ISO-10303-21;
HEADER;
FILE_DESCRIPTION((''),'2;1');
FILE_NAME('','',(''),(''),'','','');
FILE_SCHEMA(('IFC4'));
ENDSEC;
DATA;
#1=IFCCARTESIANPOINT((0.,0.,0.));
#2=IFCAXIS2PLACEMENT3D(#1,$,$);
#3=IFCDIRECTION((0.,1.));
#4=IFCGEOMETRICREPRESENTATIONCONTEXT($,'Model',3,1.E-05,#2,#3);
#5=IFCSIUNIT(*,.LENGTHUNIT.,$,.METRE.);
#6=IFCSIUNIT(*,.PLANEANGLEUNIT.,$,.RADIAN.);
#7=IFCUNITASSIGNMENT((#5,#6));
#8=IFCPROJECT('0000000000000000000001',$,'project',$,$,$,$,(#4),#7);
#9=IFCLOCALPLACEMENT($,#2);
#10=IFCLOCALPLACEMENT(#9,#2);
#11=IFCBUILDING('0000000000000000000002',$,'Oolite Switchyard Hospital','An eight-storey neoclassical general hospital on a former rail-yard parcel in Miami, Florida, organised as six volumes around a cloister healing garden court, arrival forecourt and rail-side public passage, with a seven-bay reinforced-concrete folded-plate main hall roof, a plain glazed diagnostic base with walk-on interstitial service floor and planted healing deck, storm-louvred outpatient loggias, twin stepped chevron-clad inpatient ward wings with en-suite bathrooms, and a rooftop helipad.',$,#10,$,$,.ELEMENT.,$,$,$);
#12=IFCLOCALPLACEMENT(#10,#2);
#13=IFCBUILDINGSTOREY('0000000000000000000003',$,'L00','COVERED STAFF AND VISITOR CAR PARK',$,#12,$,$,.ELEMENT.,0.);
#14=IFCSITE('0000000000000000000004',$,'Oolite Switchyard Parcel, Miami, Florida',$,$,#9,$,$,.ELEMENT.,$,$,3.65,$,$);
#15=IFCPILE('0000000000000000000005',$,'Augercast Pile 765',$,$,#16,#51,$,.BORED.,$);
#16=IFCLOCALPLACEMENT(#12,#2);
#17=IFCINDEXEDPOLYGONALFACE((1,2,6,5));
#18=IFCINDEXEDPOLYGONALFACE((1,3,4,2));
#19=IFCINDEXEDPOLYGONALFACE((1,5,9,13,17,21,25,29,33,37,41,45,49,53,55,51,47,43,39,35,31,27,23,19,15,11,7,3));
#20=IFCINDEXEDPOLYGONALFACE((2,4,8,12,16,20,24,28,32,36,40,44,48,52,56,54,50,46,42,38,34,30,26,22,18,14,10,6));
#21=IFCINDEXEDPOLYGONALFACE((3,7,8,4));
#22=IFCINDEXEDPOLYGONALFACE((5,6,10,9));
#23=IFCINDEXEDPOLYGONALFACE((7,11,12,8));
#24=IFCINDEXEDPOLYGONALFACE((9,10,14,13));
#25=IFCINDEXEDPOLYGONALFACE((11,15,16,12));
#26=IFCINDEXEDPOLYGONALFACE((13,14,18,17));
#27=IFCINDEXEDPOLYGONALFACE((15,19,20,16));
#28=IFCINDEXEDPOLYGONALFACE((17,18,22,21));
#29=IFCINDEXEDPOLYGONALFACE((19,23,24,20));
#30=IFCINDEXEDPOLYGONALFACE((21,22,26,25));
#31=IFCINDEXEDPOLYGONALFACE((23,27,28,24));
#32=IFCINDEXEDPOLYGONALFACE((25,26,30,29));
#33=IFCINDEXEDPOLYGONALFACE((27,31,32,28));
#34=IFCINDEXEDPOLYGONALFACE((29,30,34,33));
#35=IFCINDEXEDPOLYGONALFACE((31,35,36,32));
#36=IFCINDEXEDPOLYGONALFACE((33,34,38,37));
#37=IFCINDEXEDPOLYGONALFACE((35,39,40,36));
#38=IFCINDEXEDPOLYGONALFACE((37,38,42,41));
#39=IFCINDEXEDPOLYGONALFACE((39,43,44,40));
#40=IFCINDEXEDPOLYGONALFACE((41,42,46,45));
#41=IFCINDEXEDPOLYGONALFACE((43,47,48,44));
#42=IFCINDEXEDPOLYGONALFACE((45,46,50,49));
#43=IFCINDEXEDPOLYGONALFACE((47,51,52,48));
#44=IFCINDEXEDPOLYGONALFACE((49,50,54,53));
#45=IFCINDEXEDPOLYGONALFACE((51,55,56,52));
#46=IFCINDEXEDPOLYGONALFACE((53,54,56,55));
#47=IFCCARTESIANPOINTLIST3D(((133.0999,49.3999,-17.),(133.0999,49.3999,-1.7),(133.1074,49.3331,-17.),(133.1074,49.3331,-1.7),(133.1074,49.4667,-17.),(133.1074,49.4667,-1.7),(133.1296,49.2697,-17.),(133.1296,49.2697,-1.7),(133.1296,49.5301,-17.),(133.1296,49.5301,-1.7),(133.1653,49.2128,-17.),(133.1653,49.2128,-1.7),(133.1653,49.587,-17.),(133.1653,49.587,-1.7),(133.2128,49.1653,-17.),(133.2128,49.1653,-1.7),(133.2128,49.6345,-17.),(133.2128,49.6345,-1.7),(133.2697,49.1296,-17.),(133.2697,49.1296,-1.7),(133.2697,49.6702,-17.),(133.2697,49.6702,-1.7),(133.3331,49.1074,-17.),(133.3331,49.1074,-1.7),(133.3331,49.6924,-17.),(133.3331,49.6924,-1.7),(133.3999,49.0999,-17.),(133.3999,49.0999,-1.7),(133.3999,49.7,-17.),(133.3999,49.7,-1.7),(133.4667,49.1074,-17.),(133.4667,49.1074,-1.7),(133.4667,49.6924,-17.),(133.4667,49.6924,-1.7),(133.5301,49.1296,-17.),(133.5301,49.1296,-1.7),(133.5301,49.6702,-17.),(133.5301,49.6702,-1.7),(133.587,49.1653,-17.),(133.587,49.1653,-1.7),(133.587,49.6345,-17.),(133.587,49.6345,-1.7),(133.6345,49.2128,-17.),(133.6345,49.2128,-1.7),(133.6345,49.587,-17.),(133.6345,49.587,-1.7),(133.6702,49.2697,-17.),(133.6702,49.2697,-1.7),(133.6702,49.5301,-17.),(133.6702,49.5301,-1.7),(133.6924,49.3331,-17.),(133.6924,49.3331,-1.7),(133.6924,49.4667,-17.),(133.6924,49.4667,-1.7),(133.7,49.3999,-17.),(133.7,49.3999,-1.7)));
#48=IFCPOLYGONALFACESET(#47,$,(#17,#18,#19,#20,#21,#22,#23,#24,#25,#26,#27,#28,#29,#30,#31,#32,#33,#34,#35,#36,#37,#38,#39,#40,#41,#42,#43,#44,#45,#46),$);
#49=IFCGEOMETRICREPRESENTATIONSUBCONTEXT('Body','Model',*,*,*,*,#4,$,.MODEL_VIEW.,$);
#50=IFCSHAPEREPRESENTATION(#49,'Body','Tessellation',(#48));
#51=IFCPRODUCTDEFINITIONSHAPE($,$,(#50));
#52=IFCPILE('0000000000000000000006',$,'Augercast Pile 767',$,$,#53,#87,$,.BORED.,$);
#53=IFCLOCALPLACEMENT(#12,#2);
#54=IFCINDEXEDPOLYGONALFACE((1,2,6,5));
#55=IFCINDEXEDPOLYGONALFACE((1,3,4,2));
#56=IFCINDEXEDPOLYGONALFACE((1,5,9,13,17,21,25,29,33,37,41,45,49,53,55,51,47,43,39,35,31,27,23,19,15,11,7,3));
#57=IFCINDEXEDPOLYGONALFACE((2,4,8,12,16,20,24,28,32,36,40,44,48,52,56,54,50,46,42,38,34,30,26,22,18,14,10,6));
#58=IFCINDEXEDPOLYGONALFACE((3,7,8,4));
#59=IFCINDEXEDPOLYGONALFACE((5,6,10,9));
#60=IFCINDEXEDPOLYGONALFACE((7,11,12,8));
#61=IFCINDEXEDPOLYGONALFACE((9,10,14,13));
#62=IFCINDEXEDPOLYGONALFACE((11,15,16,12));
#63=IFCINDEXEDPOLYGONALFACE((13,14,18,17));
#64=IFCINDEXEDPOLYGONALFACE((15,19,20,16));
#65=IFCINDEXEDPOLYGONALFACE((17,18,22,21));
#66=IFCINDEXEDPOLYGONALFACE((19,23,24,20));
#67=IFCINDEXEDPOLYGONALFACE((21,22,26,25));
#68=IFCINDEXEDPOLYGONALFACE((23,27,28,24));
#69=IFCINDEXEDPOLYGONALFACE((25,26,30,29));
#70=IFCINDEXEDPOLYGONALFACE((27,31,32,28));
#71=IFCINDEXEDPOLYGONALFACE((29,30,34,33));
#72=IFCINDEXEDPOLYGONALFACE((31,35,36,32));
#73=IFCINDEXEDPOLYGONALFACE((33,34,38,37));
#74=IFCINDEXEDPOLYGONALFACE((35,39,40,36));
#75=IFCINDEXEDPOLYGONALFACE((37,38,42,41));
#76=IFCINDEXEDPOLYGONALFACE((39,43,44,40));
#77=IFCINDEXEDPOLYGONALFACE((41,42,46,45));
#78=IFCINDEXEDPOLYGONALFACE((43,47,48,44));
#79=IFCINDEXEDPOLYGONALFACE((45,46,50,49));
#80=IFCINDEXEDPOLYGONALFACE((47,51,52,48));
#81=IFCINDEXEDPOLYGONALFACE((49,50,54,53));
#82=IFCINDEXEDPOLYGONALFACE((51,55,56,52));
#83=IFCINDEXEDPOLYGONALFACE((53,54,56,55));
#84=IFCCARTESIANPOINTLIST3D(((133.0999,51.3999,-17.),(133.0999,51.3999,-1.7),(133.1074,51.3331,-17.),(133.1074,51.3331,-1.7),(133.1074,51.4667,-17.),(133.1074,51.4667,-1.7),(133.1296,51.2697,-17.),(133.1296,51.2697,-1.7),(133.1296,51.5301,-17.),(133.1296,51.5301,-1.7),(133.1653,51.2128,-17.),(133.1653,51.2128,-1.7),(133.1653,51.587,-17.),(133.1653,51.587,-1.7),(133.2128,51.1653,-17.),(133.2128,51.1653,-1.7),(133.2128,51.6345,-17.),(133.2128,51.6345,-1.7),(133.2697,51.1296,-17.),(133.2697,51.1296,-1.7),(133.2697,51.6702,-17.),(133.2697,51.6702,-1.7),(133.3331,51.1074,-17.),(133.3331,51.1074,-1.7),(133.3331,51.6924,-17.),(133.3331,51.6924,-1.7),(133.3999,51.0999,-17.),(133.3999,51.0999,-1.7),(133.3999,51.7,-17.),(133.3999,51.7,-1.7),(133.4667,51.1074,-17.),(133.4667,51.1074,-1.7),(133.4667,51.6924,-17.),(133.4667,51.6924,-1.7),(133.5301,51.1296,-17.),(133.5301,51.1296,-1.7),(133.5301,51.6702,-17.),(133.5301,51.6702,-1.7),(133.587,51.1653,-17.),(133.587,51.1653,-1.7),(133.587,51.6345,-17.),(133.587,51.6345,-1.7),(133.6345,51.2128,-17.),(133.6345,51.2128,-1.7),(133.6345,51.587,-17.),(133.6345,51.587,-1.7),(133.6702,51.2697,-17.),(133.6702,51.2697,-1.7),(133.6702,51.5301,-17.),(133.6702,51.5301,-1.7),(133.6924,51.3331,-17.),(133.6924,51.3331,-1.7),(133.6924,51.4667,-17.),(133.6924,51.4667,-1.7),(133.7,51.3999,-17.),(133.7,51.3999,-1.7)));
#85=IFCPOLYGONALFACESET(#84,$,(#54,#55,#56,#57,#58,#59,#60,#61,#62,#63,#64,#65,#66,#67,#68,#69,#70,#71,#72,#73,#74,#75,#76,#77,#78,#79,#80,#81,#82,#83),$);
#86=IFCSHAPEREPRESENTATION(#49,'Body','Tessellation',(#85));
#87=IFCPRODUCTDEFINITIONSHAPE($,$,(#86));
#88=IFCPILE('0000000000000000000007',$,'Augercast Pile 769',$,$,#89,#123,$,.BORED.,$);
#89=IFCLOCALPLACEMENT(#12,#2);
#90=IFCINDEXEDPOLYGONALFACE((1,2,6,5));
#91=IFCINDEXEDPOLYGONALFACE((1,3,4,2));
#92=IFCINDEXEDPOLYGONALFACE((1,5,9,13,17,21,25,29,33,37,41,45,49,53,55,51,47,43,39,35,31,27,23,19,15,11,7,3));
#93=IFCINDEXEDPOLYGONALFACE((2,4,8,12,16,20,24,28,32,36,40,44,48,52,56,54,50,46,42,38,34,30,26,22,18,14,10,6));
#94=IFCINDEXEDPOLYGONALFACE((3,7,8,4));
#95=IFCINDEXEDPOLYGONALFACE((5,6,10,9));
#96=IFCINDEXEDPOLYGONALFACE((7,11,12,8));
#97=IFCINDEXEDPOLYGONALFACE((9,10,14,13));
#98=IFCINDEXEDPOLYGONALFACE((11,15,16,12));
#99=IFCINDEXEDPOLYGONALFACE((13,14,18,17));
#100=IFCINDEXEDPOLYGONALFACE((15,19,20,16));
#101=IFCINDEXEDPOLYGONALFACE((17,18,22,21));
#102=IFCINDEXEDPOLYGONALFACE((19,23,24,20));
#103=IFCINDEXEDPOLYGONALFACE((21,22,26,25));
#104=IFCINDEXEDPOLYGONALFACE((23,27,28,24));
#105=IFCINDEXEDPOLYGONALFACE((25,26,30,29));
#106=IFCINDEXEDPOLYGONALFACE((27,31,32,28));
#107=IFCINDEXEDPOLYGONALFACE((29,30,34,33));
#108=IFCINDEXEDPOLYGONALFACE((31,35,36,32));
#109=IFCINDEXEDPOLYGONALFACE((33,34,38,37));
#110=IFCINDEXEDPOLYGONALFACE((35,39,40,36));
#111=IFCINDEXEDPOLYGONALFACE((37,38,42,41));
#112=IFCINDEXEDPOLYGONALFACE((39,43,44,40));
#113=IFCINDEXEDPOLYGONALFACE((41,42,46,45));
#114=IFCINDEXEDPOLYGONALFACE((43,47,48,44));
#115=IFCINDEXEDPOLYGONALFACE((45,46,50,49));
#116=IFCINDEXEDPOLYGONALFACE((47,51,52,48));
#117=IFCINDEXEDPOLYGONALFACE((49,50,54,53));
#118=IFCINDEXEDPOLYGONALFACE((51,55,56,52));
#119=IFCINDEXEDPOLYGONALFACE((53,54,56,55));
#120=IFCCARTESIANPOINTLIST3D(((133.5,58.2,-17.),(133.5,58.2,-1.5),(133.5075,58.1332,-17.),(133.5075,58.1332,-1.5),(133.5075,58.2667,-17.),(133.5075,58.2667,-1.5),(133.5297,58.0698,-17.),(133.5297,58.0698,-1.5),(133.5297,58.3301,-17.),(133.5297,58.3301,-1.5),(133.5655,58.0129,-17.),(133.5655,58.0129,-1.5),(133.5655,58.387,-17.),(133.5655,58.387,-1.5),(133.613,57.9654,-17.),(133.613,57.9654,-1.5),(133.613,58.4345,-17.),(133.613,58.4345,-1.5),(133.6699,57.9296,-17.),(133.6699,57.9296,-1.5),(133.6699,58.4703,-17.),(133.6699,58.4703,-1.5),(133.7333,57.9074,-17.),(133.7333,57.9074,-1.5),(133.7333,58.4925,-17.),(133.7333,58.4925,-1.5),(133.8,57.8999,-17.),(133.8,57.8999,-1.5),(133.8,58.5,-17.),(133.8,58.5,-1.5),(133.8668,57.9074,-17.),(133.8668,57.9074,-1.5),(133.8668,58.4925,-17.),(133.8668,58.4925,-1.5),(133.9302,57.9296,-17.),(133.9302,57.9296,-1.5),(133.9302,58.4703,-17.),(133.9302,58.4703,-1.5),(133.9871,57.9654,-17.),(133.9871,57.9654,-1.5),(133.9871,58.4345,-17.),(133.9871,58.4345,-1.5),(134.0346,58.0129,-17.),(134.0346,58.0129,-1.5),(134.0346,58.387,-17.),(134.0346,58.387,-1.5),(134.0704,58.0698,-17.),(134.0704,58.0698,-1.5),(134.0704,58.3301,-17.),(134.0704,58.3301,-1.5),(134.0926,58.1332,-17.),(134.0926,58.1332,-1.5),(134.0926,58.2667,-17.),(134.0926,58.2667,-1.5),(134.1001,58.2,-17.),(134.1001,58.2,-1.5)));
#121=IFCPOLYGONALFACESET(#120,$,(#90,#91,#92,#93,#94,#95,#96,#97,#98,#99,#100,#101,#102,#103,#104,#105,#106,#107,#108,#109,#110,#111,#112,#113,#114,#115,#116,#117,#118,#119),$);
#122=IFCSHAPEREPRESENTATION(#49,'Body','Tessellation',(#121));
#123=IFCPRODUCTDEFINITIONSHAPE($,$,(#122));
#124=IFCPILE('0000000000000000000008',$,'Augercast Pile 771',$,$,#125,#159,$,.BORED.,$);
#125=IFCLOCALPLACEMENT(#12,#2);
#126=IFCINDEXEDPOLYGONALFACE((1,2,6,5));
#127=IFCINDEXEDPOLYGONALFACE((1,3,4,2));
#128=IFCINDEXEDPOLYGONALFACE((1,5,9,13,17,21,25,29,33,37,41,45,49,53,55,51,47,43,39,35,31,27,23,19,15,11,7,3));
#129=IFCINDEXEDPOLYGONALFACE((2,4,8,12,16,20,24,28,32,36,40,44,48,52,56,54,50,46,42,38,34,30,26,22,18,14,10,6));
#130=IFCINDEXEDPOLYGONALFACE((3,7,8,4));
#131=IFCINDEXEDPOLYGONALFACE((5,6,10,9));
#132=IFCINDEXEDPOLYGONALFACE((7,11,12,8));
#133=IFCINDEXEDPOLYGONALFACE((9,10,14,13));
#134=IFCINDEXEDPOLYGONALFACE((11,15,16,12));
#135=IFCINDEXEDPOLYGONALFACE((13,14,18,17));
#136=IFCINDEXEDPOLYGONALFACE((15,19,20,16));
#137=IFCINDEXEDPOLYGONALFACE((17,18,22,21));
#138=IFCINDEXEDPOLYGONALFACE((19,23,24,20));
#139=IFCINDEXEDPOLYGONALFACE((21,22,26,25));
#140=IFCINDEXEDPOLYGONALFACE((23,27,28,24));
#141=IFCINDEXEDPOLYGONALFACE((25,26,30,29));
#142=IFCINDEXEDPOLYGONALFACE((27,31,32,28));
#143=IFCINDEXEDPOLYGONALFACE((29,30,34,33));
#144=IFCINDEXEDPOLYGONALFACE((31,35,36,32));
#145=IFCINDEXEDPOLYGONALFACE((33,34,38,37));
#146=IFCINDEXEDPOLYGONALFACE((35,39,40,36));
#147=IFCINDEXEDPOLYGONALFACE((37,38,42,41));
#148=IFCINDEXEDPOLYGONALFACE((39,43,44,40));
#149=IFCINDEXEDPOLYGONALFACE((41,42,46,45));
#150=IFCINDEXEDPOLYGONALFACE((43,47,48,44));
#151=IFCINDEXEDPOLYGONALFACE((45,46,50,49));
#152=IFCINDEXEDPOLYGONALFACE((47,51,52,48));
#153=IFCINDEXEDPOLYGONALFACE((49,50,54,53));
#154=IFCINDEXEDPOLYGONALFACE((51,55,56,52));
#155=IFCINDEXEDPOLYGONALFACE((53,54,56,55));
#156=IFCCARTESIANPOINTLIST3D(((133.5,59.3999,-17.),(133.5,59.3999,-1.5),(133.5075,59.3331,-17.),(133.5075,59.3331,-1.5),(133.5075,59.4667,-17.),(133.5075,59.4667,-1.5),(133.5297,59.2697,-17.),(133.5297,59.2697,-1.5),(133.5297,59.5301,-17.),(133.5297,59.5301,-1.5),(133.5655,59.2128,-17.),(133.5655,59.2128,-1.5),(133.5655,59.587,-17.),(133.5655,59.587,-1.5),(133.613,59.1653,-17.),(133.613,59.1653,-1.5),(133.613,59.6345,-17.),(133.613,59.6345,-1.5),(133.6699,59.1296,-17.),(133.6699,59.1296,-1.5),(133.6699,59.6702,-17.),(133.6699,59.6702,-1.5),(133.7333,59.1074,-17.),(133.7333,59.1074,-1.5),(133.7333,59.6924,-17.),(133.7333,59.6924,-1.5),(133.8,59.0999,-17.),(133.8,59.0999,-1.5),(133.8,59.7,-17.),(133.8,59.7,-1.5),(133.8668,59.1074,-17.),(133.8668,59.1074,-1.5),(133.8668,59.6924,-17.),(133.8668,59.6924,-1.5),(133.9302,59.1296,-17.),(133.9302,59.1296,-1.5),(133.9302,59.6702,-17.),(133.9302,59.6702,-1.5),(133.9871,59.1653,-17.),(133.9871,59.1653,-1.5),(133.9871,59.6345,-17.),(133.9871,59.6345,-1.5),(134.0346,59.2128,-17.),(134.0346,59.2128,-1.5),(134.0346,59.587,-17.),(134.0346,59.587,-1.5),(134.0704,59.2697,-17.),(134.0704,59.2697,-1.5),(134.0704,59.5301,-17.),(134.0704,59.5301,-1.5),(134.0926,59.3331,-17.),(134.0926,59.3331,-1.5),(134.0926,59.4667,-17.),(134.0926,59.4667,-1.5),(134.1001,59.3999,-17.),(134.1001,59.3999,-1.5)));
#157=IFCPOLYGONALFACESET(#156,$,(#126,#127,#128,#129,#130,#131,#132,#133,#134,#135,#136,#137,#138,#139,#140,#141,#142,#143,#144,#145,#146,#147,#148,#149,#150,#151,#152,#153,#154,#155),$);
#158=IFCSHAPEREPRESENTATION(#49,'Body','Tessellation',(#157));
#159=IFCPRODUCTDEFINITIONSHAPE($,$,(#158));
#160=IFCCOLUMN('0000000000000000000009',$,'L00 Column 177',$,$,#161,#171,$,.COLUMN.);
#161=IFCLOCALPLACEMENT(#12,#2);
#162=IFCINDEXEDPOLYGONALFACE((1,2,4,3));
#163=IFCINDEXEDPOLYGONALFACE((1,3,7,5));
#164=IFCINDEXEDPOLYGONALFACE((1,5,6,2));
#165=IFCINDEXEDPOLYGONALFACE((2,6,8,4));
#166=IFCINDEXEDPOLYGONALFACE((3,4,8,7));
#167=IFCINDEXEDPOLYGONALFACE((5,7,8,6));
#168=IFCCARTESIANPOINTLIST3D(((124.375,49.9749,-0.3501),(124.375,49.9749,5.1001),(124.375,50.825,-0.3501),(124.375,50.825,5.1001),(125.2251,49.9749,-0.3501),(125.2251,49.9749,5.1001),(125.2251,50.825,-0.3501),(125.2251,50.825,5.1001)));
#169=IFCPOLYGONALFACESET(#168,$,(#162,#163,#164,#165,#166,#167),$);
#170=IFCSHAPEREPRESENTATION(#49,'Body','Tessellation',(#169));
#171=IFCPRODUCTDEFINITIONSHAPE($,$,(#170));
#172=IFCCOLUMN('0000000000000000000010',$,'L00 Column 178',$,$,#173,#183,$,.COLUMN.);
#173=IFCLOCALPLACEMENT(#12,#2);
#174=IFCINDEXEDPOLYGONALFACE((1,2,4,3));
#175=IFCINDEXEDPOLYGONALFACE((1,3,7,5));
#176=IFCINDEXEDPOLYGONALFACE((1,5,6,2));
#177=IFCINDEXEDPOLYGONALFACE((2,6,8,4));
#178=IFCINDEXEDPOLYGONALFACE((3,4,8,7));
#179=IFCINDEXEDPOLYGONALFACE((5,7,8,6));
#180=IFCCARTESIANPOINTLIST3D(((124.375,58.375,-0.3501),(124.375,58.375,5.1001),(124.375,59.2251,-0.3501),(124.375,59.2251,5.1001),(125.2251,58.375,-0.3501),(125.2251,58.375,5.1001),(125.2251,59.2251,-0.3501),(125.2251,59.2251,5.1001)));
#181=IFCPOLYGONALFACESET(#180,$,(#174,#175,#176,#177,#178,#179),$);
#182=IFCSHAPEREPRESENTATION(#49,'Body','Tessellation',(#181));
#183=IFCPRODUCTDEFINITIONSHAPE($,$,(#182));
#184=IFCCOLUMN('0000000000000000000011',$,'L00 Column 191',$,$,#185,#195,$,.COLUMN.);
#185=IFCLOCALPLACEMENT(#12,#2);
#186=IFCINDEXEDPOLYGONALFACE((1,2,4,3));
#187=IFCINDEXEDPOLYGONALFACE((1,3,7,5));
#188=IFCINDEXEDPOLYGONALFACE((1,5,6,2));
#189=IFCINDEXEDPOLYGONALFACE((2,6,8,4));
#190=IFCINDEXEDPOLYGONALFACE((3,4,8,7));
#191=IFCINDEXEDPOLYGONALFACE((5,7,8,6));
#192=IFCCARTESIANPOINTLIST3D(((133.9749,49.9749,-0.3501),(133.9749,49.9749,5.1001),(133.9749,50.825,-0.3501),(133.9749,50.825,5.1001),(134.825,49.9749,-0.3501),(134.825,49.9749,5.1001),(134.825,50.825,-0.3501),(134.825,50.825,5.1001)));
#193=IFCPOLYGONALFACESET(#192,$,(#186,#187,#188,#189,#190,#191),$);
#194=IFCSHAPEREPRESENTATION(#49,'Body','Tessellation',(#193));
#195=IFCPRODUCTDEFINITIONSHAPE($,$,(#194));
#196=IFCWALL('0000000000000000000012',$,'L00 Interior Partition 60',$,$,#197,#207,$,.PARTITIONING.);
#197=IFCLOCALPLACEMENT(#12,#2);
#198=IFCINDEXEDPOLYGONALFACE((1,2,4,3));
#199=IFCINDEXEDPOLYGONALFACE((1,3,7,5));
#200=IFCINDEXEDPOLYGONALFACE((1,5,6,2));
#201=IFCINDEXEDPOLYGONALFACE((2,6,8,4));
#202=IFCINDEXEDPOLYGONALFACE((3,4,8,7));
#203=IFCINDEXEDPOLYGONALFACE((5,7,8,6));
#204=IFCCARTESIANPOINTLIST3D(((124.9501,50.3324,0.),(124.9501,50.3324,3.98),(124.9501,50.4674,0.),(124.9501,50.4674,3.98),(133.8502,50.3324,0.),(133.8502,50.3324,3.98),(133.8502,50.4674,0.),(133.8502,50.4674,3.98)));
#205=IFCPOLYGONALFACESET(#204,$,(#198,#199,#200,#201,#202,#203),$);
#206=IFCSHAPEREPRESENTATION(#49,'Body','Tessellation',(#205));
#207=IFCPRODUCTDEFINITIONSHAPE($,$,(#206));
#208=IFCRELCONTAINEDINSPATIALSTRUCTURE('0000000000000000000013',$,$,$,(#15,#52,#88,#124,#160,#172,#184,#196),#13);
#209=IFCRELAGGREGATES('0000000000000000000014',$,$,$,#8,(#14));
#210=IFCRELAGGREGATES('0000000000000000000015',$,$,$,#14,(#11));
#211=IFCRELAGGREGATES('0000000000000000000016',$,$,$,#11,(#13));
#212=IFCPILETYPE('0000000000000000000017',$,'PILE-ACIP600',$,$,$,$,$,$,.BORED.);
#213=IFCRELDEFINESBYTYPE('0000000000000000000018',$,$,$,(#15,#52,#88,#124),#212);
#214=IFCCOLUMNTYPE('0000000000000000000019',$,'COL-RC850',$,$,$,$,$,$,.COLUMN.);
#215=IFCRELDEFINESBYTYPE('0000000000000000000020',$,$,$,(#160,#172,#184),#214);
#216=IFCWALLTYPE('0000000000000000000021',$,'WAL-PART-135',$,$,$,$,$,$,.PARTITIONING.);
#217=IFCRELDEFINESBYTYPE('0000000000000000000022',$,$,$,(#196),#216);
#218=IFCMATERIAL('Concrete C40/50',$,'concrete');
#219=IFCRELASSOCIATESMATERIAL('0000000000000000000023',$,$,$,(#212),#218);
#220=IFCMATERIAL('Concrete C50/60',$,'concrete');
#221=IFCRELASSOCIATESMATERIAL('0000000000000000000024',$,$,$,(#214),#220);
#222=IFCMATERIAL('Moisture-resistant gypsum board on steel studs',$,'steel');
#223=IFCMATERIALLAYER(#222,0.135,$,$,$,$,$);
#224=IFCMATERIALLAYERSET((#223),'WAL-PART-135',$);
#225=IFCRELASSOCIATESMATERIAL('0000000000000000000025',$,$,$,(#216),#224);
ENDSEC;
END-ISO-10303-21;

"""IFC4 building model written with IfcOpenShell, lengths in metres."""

from ifc_helpers import new_model, si_unit, direction, frame, frame_2d, origin, origin_2d, place, context, subcontext, project, spatial, rectangle, circle, extrude, material, layer, layer_set, material_profile, profile_set, type_object, element, save


model = new_model("IFC4")

# Units and contexts
model_context = context("Model", 3, precision=1e-05, world=origin(), true_north=direction((0.0, 1.0)))
body_context = subcontext(model_context, "Body", "Model", "MODEL_VIEW")
ifc_project = project(units=[si_unit("LENGTHUNIT", "METRE"), si_unit("PLANEANGLEUNIT", "RADIAN")], contexts=[model_context])

# Site, building, storey
site_placement = place(None, origin())
site = spatial("IfcSite", under=ifc_project, at=site_placement, Name="Oolite Switchyard Parcel, Miami, Florida", CompositionType="ELEMENT", RefElevation=3.65)
building_placement = place(site_placement, origin())
building = spatial("IfcBuilding", under=site, at=building_placement, Name="Oolite Switchyard Hospital", Description="An eight-storey neoclassical general hospital on a former rail-yard parcel in Miami, Florida, organised as six volumes around a cloister healing garden court, arrival forecourt and rail-side public passage, with a seven-bay reinforced-concrete folded-plate main hall roof, a plain glazed diagnostic base with walk-on interstitial service floor and planted healing deck, storm-louvred outpatient loggias, twin stepped chevron-clad inpatient ward wings with en-suite bathrooms, and a rooftop helipad.", CompositionType="ELEMENT")
storey_placement = place(building_placement, origin())
storey = spatial("IfcBuildingStorey", under=building, at=storey_placement, Name="L00", Description="COVERED STAFF AND VISITOR CAR PARK", CompositionType="ELEMENT", Elevation=0.0)

# Shared definitions
ifc_material_1 = material(Name="Concrete C40/50", Category="concrete")

# Piles
ifc_material_profile_1 = material_profile(ifc_material_1, circle(Radius=0.3, at=origin_2d()), Name="PILE600")
ifc_profile_set_1 = profile_set([ifc_material_profile_1], Name="Concrete C40/50")
pile_type = type_object("IfcPileType", Name="PILE-ACIP600", PredefinedType="BORED", material=ifc_profile_set_1)
for number, where, z_axis, x_axis, name in (
    (1, (133.3999, 49.3999, -1.7), (0.0, 0.0, -1.0), (1.0, 0.0, 0.0), "Augercast Pile 765"),
    (2, (133.3999, 51.3999, -1.7), (0.0, 0.0, -1.0), (1.0, 0.0, 0.0), "Augercast Pile 767"),
):
    element("IfcPile", number, at=place(storey_placement, frame(where, z_axis=z_axis, x_axis=x_axis)), inside=storey, type_object=pile_type, Name=name, PredefinedType="BORED", context=body_context, shape_type="SweptSolid", body=[
        extrude(circle(Radius=0.3, at=origin_2d()), origin(), (0.0, 0.0, 1.0), 15.3),
    ])
for number, where, z_axis, x_axis, name in (
    (3, (133.8, 58.2, -1.5), (0.0, 0.0, -1.0), (1.0, 0.0, 0.0), "Augercast Pile 769"),
    (4, (133.8, 59.3999, -1.5), (0.0, 0.0, -1.0), (1.0, 0.0, 0.0), "Augercast Pile 771"),
):
    element("IfcPile", number, at=place(storey_placement, frame(where, z_axis=z_axis, x_axis=x_axis)), inside=storey, type_object=pile_type, Name=name, PredefinedType="BORED", context=body_context, shape_type="SweptSolid", body=[
        extrude(circle(Radius=0.3, at=origin_2d()), origin(), (0.0, 0.0, 1.0), 15.5),
    ])

# Columns
ifc_material_2 = material(Name="Concrete C50/60", Category="concrete")
ifc_material_profile_2 = material_profile(ifc_material_2, rectangle(XDim=0.8501, YDim=0.8501, at=origin_2d()), Name="RC850X850")
ifc_profile_set_2 = profile_set([ifc_material_profile_2], Name="Concrete C50/60")
column_type = type_object("IfcColumnType", Name="COL-RC850", PredefinedType="COLUMN", material=ifc_profile_set_2)
for number, where, z_axis, x_axis, name in (
    (5, (124.8, 50.3999, -0.3501), (0.0, 0.0, 1.0), (1.0, 0.0, 0.0), "L00 Column 177"),
    (6, (124.8, 58.8, -0.3501), (0.0, 0.0, 1.0), (1.0, 0.0, 0.0), "L00 Column 178"),
    (7, (134.3999, 50.3999, -0.3501), (0.0, 0.0, 1.0), (1.0, 0.0, 0.0), "L00 Column 191"),
):
    element("IfcColumn", number, at=place(storey_placement, frame(where, z_axis=z_axis, x_axis=x_axis)), inside=storey, type_object=column_type, Name=name, PredefinedType="COLUMN", context=body_context, shape_type="SweptSolid", body=[
        extrude(rectangle(XDim=0.8501, YDim=0.8501, at=origin_2d()), origin(), (0.0, 0.0, 1.0), 5.4502),
    ])

# Wall
ifc_material_3 = material(Name="Moisture-resistant gypsum board on steel studs", Category="steel")
ifc_layer_1 = layer(ifc_material_3, 0.135)
ifc_layer_set_1 = layer_set([ifc_layer_1], Name="WAL-PART-135")
wall_type_1 = type_object("IfcWallType", Name="WAL-PART-135", PredefinedType="PARTITIONING", material=ifc_layer_set_1)
for number, where, z_axis, x_axis, name in (
    (8, (124.95, 50.3999, 0.0), (0.0, 0.0, 1.0), (1.0, 0.0, 0.0), "L00 Interior Partition 60"),
):
    element("IfcWall", number, at=place(storey_placement, frame(where, z_axis=z_axis, x_axis=x_axis)), inside=storey, type_object=wall_type_1, Name=name, PredefinedType="PARTITIONING", context=body_context, shape_type="SweptSolid", body=[
        extrude(rectangle(XDim=8.9001, YDim=0.135, at=frame_2d((4.4502, 0.0))), origin(), (0.0, 0.0, 1.0), 3.98),
    ])

save(model, "model.ifc")
